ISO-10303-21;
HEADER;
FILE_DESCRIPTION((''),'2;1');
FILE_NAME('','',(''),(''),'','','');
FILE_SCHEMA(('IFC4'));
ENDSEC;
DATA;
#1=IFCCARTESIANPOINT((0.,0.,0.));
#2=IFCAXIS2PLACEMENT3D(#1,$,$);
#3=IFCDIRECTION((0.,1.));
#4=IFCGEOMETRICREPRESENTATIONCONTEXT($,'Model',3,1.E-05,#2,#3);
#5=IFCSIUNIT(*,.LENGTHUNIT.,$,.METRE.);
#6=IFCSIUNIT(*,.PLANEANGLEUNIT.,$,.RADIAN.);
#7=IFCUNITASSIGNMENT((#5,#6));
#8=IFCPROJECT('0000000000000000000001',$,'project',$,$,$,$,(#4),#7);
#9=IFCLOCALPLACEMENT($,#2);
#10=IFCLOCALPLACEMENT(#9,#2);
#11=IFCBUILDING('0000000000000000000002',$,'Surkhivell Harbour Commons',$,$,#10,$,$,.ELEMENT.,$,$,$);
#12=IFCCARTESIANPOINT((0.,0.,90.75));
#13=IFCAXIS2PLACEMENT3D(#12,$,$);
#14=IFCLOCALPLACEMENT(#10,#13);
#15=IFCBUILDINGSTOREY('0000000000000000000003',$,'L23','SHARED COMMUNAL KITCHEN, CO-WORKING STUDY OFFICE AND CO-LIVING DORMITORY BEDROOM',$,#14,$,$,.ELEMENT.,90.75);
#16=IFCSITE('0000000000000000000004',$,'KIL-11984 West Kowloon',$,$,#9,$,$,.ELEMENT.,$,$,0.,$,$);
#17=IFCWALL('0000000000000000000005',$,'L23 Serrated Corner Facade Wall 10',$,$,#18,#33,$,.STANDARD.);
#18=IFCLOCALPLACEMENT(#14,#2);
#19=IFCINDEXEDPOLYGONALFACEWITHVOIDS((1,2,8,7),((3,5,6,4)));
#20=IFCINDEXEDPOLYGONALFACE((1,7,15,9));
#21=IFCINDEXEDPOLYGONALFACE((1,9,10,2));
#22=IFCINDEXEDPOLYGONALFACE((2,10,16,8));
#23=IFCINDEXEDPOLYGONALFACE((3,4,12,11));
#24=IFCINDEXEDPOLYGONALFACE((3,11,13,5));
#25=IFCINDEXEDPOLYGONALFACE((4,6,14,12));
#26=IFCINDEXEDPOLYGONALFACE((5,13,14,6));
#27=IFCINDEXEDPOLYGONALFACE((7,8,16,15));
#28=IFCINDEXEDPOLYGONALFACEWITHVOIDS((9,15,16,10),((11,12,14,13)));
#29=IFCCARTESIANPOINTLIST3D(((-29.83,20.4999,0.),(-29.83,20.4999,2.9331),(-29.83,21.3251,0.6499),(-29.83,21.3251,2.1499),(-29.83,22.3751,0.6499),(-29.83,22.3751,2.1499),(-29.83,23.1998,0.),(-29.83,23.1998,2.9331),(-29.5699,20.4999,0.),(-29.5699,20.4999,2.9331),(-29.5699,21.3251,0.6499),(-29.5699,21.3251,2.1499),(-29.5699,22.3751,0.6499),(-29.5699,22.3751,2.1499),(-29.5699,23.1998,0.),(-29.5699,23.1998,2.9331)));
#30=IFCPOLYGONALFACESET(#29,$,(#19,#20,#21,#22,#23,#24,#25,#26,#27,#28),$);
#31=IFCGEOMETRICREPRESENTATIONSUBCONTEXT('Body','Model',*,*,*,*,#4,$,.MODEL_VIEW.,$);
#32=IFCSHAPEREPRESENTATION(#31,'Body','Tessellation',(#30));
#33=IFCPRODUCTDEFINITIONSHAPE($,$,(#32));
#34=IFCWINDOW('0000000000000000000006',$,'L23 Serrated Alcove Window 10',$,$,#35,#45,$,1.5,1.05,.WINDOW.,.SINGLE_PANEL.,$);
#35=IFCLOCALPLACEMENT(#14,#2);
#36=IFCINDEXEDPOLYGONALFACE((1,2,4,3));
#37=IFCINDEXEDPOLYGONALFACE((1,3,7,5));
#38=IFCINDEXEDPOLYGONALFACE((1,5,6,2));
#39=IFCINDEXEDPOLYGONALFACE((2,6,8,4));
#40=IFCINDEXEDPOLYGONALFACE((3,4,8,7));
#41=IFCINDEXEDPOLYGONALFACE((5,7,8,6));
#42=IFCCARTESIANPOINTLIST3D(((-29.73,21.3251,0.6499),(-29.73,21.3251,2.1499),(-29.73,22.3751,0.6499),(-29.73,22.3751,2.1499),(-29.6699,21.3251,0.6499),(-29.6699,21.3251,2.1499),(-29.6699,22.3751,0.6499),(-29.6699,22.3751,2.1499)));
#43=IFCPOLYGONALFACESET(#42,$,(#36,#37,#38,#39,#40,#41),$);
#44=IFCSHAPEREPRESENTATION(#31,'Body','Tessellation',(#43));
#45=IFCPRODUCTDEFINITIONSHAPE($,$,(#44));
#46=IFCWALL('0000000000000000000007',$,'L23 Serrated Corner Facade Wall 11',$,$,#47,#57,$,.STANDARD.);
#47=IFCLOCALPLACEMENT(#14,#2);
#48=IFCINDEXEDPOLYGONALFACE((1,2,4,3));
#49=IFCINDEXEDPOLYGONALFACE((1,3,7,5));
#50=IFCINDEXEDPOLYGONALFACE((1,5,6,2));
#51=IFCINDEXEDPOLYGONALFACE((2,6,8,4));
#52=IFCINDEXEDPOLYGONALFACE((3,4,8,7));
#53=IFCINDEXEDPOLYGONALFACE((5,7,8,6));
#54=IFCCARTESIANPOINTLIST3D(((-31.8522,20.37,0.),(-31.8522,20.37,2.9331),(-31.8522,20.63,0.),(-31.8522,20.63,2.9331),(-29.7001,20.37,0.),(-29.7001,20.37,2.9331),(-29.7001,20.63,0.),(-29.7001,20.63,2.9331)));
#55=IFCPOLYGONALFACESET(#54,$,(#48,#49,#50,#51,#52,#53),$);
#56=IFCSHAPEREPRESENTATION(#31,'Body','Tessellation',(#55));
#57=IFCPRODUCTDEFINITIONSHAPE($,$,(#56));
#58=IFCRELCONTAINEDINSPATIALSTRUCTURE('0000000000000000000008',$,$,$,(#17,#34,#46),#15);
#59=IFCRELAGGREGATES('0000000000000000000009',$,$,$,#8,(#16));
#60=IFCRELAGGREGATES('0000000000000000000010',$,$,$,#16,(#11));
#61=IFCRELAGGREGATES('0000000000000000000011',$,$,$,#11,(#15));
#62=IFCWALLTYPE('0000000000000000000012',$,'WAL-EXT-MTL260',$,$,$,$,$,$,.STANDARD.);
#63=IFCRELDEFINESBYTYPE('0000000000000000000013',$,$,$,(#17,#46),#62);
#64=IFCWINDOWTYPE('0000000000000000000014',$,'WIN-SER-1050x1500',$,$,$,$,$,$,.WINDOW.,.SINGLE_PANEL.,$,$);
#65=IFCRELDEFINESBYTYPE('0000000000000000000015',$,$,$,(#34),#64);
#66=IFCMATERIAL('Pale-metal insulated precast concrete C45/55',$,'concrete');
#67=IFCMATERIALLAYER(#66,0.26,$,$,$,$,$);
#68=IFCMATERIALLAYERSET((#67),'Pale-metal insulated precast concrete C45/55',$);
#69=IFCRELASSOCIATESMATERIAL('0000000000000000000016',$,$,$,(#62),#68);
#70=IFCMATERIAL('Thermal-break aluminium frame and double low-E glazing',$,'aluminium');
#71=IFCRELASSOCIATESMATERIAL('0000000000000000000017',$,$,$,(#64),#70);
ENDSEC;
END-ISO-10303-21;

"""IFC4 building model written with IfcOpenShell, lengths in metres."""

from ifc_helpers import new_model, si_unit, direction, frame, frame_2d, origin, place, context, subcontext, project, spatial, rectangle, extrude, material, layer, layer_set, type_object, element, fill, save


model = new_model("IFC4")

# Units and contexts
model_context = context("Model", 3, precision=1e-05, world=origin(), true_north=direction((0.0, 1.0)))
body_context = subcontext(model_context, "Body", "Model", "MODEL_VIEW")
ifc_project = project(units=[si_unit("LENGTHUNIT", "METRE"), si_unit("PLANEANGLEUNIT", "RADIAN")], contexts=[model_context])

# Site, building, storey
site_placement = place(None, origin())
site = spatial("IfcSite", under=ifc_project, at=site_placement, Name="KIL-11984 West Kowloon", CompositionType="ELEMENT", RefElevation=0.0)
building_placement = place(site_placement, origin())
building = spatial("IfcBuilding", under=site, at=building_placement, Name="Surkhivell Harbour Commons", CompositionType="ELEMENT")
storey_placement = place(building_placement, frame((0.0, 0.0, 90.75)))
storey = spatial("IfcBuildingStorey", under=building, at=storey_placement, Name="L23", Description="SHARED COMMUNAL KITCHEN, CO-WORKING STUDY OFFICE AND CO-LIVING DORMITORY BEDROOM", CompositionType="ELEMENT", Elevation=90.75)

# Shared definitions
ifc_material_1 = material(Name="Pale-metal insulated precast concrete C45/55", Category="concrete")
ifc_layer_1 = layer(ifc_material_1, 0.26)
ifc_layer_set_1 = layer_set([ifc_layer_1], Name="Pale-metal insulated precast concrete C45/55")
wall_type = type_object("IfcWallType", Name="WAL-EXT-MTL260", PredefinedType="STANDARD", material=ifc_layer_set_1)

# Wall, opening, window
wall_1_placement = place(storey_placement, frame((-29.7, 23.2, 0.0), z_axis=(0.0, 0.0, 1.0), x_axis=(0.0, -1.0, 0.0)))
wall_1 = element("IfcWall", 1, at=wall_1_placement, inside=storey, type_object=wall_type, Name="L23 Serrated Corner Facade Wall 10", PredefinedType="STANDARD", context=body_context, shape_type="SweptSolid", body=[
    extrude(rectangle(XDim=2.7, YDim=0.26, at=frame_2d((1.3501, 0.0))), origin(), (0.0, 0.0, 1.0), 2.9331),
])
opening_placement = place(wall_1_placement, frame((0.825, 0.0, 0.6499)))
opening = element("IfcOpeningElement", 2, at=opening_placement, cuts=wall_1, PredefinedType="OPENING", context=body_context, shape_type="SweptSolid", body=[
    extrude(rectangle(XDim=1.05, YDim=1.5, at=frame_2d((0.5249, 0.75))), frame((0.0, 0.1399, 0.0), z_axis=(0.0, -1.0, 0.0), x_axis=(1.0, 0.0, 0.0)), (0.0, 0.0, 1.0), 0.28),
])
ifc_material_2 = material(Name="Thermal-break aluminium frame and double low-E glazing", Category="aluminium")
window_type = type_object("IfcWindowType", Name="WIN-SER-1050x1500", PartitioningType="SINGLE_PANEL", PredefinedType="WINDOW", material=ifc_material_2)
window_placement = place(opening_placement, origin())
window = element("IfcWindow", 3, at=window_placement, inside=storey, type_object=window_type, Name="L23 Serrated Alcove Window 10", OverallHeight=1.5, OverallWidth=1.05, PartitioningType="SINGLE_PANEL", PredefinedType="WINDOW", context=body_context, shape_type="SweptSolid", body=[
    extrude(rectangle(XDim=1.05, YDim=1.5, at=frame_2d((0.5249, 0.75))), frame((0.0, 0.03, 0.0), z_axis=(0.0, -1.0, 0.0), x_axis=(1.0, 0.0, 0.0)), (0.0, 0.0, 1.0), 0.0601),
])
fill(opening, window)

# Wall
wall_2_placement = place(storey_placement, frame((-29.7, 20.5, 0.0), z_axis=(0.0, 0.0, 1.0), x_axis=(-1.0, 0.0, 0.0)))
element("IfcWall", 4, at=wall_2_placement, inside=storey, type_object=wall_type, Name="L23 Serrated Corner Facade Wall 11", PredefinedType="STANDARD", context=body_context, shape_type="SweptSolid", body=[
    extrude(rectangle(XDim=2.1521, YDim=0.26, at=frame_2d((1.0762, 0.0))), origin(), (0.0, 0.0, 1.0), 2.9331),
])

save(model, "model.ifc")
